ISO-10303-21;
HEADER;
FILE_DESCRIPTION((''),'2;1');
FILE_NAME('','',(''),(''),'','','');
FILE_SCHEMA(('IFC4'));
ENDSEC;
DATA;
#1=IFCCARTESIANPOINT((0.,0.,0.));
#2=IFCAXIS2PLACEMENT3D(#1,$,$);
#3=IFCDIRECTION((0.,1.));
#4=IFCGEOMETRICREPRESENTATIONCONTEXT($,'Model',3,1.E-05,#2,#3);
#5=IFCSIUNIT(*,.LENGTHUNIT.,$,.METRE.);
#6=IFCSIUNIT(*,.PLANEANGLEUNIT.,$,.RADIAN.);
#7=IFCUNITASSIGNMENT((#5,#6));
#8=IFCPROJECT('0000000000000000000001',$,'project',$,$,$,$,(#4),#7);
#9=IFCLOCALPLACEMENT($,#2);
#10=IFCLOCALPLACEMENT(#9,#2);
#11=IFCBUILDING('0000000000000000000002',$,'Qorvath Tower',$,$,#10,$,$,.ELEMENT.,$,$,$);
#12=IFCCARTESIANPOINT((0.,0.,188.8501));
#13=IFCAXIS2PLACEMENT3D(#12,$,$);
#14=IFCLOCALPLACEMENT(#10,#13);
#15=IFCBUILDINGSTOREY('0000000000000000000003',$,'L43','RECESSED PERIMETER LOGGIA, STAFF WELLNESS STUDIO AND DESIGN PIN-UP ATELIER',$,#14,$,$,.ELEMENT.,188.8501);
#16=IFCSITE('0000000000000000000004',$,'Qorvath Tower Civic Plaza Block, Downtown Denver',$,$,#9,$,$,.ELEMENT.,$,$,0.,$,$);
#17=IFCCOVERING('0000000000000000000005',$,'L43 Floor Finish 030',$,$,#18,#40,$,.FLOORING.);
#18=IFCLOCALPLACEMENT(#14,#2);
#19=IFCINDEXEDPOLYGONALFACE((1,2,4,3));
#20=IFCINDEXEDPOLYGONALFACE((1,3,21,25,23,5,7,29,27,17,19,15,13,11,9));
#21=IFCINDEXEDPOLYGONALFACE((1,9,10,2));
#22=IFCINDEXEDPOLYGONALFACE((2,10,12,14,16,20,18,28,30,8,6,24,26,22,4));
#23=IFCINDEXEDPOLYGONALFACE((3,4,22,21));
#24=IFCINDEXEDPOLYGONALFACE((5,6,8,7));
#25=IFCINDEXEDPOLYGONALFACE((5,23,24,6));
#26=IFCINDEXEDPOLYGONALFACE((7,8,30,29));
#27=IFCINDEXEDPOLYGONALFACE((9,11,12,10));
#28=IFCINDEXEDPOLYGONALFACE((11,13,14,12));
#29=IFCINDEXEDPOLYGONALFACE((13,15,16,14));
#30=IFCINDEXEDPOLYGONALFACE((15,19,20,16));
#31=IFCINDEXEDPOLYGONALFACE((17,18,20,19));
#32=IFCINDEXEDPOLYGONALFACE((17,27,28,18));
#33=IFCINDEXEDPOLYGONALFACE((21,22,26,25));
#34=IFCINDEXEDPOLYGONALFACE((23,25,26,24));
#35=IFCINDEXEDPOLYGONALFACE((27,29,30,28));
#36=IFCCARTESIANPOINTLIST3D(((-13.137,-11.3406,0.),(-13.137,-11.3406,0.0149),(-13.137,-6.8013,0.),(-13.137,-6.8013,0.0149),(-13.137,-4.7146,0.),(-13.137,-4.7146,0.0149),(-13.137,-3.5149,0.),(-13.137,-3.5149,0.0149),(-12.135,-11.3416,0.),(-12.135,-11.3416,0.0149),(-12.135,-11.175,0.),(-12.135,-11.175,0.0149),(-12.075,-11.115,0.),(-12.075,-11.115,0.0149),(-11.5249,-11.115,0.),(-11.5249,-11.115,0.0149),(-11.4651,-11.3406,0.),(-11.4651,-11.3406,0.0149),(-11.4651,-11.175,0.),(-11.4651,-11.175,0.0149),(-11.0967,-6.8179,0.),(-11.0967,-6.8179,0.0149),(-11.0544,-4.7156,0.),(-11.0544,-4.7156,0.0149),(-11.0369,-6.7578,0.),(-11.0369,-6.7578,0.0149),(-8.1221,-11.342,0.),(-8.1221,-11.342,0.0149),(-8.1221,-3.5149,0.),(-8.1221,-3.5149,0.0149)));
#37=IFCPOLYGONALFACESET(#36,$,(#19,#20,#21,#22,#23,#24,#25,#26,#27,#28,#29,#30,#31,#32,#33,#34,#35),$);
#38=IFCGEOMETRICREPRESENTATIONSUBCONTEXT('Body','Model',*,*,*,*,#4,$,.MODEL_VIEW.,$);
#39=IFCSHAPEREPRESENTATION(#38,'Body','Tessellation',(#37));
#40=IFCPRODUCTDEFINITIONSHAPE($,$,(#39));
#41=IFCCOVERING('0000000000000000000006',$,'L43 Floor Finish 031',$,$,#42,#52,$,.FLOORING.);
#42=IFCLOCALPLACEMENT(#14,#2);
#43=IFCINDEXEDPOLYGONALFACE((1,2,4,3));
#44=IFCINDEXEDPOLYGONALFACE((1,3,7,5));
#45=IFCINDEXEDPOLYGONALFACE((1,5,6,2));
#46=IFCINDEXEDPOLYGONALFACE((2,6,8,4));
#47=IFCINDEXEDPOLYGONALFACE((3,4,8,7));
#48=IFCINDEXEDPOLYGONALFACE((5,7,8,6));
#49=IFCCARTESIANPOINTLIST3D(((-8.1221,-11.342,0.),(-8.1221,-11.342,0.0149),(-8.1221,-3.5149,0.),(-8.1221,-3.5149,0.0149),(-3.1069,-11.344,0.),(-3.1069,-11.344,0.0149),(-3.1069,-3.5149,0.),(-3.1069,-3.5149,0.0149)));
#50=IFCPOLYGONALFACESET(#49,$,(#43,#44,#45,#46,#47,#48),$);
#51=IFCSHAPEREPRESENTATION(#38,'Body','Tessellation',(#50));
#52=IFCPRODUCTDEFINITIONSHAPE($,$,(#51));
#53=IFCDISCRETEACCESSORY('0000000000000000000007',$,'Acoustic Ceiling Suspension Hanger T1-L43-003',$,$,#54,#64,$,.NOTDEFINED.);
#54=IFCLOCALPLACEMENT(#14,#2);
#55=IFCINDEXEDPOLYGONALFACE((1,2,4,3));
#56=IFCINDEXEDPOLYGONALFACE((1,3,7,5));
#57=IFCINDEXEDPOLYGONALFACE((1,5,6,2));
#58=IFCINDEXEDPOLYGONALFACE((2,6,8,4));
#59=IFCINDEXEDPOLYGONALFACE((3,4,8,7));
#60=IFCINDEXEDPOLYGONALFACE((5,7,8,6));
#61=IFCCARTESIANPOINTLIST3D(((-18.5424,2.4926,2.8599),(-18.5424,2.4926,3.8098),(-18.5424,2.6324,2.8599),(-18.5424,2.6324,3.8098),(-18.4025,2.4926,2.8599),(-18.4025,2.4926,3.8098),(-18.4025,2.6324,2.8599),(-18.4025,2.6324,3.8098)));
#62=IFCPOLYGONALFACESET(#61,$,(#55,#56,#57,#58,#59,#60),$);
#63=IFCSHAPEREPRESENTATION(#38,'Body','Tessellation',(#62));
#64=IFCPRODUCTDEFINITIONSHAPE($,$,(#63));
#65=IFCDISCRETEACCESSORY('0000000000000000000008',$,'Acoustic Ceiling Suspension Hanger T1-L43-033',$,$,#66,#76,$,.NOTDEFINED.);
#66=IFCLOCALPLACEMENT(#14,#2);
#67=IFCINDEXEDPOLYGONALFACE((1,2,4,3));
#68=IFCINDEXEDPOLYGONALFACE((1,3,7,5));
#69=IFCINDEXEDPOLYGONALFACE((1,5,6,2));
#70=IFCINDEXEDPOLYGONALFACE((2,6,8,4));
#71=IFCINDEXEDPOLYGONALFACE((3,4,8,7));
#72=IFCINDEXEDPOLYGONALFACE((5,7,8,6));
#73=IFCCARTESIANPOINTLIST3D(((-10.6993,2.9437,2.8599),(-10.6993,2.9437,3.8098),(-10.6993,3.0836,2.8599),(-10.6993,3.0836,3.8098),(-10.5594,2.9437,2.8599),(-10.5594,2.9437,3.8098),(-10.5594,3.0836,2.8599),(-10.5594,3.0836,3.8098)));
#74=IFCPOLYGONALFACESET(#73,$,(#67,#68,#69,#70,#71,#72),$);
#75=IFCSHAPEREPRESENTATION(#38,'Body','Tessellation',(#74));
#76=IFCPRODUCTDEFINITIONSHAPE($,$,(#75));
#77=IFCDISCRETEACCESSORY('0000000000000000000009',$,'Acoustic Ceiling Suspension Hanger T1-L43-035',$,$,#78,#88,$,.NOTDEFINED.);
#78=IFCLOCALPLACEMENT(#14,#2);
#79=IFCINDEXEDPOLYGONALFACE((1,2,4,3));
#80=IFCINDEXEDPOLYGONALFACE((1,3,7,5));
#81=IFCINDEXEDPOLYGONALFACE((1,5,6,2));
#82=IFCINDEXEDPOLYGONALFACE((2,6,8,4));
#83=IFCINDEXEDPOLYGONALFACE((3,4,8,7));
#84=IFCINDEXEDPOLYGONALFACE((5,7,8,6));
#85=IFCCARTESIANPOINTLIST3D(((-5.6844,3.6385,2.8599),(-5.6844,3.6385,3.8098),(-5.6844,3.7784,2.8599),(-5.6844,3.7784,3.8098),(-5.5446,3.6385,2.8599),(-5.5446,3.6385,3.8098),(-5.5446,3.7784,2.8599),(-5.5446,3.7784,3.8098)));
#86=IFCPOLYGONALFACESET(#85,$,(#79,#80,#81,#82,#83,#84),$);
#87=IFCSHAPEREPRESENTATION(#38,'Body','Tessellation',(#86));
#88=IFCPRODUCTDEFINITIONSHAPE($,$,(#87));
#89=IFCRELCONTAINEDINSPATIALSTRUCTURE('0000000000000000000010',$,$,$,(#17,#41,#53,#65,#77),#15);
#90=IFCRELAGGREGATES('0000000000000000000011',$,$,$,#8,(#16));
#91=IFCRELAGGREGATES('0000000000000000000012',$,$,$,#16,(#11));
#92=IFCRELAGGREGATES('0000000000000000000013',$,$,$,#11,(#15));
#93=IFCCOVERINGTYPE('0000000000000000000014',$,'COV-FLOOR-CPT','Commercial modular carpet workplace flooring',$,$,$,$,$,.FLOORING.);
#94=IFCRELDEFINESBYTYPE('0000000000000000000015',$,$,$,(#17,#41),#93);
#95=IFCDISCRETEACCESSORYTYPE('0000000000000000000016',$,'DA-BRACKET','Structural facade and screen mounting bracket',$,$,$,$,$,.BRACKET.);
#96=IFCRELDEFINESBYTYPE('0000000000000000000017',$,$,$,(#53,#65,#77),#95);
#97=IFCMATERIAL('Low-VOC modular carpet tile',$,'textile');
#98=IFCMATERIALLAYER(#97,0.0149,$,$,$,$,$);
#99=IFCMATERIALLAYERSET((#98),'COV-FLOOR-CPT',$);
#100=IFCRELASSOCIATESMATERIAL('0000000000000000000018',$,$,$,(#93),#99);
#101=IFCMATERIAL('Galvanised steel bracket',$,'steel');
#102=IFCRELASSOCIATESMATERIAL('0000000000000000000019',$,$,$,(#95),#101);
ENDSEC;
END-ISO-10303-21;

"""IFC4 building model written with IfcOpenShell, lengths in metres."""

from ifc_helpers import new_model, si_unit, direction, frame, origin, origin_2d, place, context, subcontext, project, spatial, polyline, rectangle, outline, extrude, material, layer, layer_set, type_object, element, save


model = new_model("IFC4")

# Units and contexts
model_context = context("Model", 3, precision=1e-05, world=origin(), true_north=direction((0.0, 1.0)))
body_context = subcontext(model_context, "Body", "Model", "MODEL_VIEW")
ifc_project = project(units=[si_unit("LENGTHUNIT", "METRE"), si_unit("PLANEANGLEUNIT", "RADIAN")], contexts=[model_context])

# Site, building, storey
site_placement = place(None, origin())
site = spatial("IfcSite", under=ifc_project, at=site_placement, Name="Qorvath Tower Civic Plaza Block, Downtown Denver", CompositionType="ELEMENT", RefElevation=0.0)
building_placement = place(site_placement, origin())
building = spatial("IfcBuilding", under=site, at=building_placement, Name="Qorvath Tower", CompositionType="ELEMENT")
storey_placement = place(building_placement, frame((0.0, 0.0, 188.8501)))
storey = spatial("IfcBuildingStorey", under=building, at=storey_placement, Name="L43", Description="RECESSED PERIMETER LOGGIA, STAFF WELLNESS STUDIO AND DESIGN PIN-UP ATELIER", CompositionType="ELEMENT", Elevation=188.8501)

# Coverings
ifc_material_1 = material(Name="Low-VOC modular carpet tile", Category="textile")
ifc_layer_1 = layer(ifc_material_1, 0.0149)
ifc_layer_set_1 = layer_set([ifc_layer_1], Name="COV-FLOOR-CPT")
covering_type_1 = type_object("IfcCoveringType", Name="COV-FLOOR-CPT", Description="Commercial modular carpet workplace flooring", PredefinedType="FLOORING", material=ifc_layer_set_1)
covering_1_placement = place(storey_placement, origin())
element("IfcCovering", 1, at=covering_1_placement, inside=storey, type_object=covering_type_1, Name="L43 Floor Finish 030", PredefinedType="FLOORING", context=body_context, shape_type="SweptSolid", body=[
    extrude(outline(polyline([(-8.1221, -11.342), (-8.1221, -3.5149), (-13.137, -3.5149), (-13.137, -4.7146), (-11.0544, -4.7156), (-11.0369, -6.7578), (-11.0967, -6.8179), (-13.137, -6.8013), (-13.137, -11.3406), (-12.135, -11.3416), (-12.135, -11.175), (-12.075, -11.115), (-11.5249, -11.115), (-11.4651, -11.175), (-11.4651, -11.3406), (-8.1221, -11.342)])), origin(), (0.0, 0.0, 1.0), 0.0149),
])
covering_2_placement = place(storey_placement, origin())
element("IfcCovering", 2, at=covering_2_placement, inside=storey, type_object=covering_type_1, Name="L43 Floor Finish 031", PredefinedType="FLOORING", context=body_context, shape_type="SweptSolid", body=[
    extrude(outline(polyline([(-3.1069, -11.344), (-3.1069, -3.5149), (-8.1221, -3.5149), (-8.1221, -11.342), (-3.1069, -11.344)])), origin(), (0.0, 0.0, 1.0), 0.0149),
])

# Discrete accessories
ifc_material_2 = material(Name="Galvanised steel bracket", Category="steel")
discrete_accessory_type = type_object("IfcDiscreteAccessoryType", Name="DA-BRACKET", Description="Structural facade and screen mounting bracket", PredefinedType="BRACKET", material=ifc_material_2)
for number, where, z_axis, x_axis, name in (
    (3, (-18.4724, 2.5625, 2.8599), (0.0, 0.0, 1.0), (1.0, 0.0, 0.0), "Acoustic Ceiling Suspension Hanger T1-L43-003"),
    (4, (-10.6294, 3.0137, 2.8599), (0.0, 0.0, 1.0), (1.0, 0.0, 0.0), "Acoustic Ceiling Suspension Hanger T1-L43-033"),
    (5, (-5.6145, 3.7085, 2.8599), (0.0, 0.0, 1.0), (1.0, 0.0, 0.0), "Acoustic Ceiling Suspension Hanger T1-L43-035"),
):
    element("IfcDiscreteAccessory", number, at=place(storey_placement, frame(where, z_axis=z_axis, x_axis=x_axis)), inside=storey, type_object=discrete_accessory_type, Name=name, PredefinedType="NOTDEFINED", context=body_context, shape_type="SweptSolid", body=[
        extrude(rectangle(XDim=0.1399, YDim=0.1399, at=origin_2d()), origin(), (0.0, 0.0, 1.0), 0.95),
    ])

save(model, "model.ifc")
